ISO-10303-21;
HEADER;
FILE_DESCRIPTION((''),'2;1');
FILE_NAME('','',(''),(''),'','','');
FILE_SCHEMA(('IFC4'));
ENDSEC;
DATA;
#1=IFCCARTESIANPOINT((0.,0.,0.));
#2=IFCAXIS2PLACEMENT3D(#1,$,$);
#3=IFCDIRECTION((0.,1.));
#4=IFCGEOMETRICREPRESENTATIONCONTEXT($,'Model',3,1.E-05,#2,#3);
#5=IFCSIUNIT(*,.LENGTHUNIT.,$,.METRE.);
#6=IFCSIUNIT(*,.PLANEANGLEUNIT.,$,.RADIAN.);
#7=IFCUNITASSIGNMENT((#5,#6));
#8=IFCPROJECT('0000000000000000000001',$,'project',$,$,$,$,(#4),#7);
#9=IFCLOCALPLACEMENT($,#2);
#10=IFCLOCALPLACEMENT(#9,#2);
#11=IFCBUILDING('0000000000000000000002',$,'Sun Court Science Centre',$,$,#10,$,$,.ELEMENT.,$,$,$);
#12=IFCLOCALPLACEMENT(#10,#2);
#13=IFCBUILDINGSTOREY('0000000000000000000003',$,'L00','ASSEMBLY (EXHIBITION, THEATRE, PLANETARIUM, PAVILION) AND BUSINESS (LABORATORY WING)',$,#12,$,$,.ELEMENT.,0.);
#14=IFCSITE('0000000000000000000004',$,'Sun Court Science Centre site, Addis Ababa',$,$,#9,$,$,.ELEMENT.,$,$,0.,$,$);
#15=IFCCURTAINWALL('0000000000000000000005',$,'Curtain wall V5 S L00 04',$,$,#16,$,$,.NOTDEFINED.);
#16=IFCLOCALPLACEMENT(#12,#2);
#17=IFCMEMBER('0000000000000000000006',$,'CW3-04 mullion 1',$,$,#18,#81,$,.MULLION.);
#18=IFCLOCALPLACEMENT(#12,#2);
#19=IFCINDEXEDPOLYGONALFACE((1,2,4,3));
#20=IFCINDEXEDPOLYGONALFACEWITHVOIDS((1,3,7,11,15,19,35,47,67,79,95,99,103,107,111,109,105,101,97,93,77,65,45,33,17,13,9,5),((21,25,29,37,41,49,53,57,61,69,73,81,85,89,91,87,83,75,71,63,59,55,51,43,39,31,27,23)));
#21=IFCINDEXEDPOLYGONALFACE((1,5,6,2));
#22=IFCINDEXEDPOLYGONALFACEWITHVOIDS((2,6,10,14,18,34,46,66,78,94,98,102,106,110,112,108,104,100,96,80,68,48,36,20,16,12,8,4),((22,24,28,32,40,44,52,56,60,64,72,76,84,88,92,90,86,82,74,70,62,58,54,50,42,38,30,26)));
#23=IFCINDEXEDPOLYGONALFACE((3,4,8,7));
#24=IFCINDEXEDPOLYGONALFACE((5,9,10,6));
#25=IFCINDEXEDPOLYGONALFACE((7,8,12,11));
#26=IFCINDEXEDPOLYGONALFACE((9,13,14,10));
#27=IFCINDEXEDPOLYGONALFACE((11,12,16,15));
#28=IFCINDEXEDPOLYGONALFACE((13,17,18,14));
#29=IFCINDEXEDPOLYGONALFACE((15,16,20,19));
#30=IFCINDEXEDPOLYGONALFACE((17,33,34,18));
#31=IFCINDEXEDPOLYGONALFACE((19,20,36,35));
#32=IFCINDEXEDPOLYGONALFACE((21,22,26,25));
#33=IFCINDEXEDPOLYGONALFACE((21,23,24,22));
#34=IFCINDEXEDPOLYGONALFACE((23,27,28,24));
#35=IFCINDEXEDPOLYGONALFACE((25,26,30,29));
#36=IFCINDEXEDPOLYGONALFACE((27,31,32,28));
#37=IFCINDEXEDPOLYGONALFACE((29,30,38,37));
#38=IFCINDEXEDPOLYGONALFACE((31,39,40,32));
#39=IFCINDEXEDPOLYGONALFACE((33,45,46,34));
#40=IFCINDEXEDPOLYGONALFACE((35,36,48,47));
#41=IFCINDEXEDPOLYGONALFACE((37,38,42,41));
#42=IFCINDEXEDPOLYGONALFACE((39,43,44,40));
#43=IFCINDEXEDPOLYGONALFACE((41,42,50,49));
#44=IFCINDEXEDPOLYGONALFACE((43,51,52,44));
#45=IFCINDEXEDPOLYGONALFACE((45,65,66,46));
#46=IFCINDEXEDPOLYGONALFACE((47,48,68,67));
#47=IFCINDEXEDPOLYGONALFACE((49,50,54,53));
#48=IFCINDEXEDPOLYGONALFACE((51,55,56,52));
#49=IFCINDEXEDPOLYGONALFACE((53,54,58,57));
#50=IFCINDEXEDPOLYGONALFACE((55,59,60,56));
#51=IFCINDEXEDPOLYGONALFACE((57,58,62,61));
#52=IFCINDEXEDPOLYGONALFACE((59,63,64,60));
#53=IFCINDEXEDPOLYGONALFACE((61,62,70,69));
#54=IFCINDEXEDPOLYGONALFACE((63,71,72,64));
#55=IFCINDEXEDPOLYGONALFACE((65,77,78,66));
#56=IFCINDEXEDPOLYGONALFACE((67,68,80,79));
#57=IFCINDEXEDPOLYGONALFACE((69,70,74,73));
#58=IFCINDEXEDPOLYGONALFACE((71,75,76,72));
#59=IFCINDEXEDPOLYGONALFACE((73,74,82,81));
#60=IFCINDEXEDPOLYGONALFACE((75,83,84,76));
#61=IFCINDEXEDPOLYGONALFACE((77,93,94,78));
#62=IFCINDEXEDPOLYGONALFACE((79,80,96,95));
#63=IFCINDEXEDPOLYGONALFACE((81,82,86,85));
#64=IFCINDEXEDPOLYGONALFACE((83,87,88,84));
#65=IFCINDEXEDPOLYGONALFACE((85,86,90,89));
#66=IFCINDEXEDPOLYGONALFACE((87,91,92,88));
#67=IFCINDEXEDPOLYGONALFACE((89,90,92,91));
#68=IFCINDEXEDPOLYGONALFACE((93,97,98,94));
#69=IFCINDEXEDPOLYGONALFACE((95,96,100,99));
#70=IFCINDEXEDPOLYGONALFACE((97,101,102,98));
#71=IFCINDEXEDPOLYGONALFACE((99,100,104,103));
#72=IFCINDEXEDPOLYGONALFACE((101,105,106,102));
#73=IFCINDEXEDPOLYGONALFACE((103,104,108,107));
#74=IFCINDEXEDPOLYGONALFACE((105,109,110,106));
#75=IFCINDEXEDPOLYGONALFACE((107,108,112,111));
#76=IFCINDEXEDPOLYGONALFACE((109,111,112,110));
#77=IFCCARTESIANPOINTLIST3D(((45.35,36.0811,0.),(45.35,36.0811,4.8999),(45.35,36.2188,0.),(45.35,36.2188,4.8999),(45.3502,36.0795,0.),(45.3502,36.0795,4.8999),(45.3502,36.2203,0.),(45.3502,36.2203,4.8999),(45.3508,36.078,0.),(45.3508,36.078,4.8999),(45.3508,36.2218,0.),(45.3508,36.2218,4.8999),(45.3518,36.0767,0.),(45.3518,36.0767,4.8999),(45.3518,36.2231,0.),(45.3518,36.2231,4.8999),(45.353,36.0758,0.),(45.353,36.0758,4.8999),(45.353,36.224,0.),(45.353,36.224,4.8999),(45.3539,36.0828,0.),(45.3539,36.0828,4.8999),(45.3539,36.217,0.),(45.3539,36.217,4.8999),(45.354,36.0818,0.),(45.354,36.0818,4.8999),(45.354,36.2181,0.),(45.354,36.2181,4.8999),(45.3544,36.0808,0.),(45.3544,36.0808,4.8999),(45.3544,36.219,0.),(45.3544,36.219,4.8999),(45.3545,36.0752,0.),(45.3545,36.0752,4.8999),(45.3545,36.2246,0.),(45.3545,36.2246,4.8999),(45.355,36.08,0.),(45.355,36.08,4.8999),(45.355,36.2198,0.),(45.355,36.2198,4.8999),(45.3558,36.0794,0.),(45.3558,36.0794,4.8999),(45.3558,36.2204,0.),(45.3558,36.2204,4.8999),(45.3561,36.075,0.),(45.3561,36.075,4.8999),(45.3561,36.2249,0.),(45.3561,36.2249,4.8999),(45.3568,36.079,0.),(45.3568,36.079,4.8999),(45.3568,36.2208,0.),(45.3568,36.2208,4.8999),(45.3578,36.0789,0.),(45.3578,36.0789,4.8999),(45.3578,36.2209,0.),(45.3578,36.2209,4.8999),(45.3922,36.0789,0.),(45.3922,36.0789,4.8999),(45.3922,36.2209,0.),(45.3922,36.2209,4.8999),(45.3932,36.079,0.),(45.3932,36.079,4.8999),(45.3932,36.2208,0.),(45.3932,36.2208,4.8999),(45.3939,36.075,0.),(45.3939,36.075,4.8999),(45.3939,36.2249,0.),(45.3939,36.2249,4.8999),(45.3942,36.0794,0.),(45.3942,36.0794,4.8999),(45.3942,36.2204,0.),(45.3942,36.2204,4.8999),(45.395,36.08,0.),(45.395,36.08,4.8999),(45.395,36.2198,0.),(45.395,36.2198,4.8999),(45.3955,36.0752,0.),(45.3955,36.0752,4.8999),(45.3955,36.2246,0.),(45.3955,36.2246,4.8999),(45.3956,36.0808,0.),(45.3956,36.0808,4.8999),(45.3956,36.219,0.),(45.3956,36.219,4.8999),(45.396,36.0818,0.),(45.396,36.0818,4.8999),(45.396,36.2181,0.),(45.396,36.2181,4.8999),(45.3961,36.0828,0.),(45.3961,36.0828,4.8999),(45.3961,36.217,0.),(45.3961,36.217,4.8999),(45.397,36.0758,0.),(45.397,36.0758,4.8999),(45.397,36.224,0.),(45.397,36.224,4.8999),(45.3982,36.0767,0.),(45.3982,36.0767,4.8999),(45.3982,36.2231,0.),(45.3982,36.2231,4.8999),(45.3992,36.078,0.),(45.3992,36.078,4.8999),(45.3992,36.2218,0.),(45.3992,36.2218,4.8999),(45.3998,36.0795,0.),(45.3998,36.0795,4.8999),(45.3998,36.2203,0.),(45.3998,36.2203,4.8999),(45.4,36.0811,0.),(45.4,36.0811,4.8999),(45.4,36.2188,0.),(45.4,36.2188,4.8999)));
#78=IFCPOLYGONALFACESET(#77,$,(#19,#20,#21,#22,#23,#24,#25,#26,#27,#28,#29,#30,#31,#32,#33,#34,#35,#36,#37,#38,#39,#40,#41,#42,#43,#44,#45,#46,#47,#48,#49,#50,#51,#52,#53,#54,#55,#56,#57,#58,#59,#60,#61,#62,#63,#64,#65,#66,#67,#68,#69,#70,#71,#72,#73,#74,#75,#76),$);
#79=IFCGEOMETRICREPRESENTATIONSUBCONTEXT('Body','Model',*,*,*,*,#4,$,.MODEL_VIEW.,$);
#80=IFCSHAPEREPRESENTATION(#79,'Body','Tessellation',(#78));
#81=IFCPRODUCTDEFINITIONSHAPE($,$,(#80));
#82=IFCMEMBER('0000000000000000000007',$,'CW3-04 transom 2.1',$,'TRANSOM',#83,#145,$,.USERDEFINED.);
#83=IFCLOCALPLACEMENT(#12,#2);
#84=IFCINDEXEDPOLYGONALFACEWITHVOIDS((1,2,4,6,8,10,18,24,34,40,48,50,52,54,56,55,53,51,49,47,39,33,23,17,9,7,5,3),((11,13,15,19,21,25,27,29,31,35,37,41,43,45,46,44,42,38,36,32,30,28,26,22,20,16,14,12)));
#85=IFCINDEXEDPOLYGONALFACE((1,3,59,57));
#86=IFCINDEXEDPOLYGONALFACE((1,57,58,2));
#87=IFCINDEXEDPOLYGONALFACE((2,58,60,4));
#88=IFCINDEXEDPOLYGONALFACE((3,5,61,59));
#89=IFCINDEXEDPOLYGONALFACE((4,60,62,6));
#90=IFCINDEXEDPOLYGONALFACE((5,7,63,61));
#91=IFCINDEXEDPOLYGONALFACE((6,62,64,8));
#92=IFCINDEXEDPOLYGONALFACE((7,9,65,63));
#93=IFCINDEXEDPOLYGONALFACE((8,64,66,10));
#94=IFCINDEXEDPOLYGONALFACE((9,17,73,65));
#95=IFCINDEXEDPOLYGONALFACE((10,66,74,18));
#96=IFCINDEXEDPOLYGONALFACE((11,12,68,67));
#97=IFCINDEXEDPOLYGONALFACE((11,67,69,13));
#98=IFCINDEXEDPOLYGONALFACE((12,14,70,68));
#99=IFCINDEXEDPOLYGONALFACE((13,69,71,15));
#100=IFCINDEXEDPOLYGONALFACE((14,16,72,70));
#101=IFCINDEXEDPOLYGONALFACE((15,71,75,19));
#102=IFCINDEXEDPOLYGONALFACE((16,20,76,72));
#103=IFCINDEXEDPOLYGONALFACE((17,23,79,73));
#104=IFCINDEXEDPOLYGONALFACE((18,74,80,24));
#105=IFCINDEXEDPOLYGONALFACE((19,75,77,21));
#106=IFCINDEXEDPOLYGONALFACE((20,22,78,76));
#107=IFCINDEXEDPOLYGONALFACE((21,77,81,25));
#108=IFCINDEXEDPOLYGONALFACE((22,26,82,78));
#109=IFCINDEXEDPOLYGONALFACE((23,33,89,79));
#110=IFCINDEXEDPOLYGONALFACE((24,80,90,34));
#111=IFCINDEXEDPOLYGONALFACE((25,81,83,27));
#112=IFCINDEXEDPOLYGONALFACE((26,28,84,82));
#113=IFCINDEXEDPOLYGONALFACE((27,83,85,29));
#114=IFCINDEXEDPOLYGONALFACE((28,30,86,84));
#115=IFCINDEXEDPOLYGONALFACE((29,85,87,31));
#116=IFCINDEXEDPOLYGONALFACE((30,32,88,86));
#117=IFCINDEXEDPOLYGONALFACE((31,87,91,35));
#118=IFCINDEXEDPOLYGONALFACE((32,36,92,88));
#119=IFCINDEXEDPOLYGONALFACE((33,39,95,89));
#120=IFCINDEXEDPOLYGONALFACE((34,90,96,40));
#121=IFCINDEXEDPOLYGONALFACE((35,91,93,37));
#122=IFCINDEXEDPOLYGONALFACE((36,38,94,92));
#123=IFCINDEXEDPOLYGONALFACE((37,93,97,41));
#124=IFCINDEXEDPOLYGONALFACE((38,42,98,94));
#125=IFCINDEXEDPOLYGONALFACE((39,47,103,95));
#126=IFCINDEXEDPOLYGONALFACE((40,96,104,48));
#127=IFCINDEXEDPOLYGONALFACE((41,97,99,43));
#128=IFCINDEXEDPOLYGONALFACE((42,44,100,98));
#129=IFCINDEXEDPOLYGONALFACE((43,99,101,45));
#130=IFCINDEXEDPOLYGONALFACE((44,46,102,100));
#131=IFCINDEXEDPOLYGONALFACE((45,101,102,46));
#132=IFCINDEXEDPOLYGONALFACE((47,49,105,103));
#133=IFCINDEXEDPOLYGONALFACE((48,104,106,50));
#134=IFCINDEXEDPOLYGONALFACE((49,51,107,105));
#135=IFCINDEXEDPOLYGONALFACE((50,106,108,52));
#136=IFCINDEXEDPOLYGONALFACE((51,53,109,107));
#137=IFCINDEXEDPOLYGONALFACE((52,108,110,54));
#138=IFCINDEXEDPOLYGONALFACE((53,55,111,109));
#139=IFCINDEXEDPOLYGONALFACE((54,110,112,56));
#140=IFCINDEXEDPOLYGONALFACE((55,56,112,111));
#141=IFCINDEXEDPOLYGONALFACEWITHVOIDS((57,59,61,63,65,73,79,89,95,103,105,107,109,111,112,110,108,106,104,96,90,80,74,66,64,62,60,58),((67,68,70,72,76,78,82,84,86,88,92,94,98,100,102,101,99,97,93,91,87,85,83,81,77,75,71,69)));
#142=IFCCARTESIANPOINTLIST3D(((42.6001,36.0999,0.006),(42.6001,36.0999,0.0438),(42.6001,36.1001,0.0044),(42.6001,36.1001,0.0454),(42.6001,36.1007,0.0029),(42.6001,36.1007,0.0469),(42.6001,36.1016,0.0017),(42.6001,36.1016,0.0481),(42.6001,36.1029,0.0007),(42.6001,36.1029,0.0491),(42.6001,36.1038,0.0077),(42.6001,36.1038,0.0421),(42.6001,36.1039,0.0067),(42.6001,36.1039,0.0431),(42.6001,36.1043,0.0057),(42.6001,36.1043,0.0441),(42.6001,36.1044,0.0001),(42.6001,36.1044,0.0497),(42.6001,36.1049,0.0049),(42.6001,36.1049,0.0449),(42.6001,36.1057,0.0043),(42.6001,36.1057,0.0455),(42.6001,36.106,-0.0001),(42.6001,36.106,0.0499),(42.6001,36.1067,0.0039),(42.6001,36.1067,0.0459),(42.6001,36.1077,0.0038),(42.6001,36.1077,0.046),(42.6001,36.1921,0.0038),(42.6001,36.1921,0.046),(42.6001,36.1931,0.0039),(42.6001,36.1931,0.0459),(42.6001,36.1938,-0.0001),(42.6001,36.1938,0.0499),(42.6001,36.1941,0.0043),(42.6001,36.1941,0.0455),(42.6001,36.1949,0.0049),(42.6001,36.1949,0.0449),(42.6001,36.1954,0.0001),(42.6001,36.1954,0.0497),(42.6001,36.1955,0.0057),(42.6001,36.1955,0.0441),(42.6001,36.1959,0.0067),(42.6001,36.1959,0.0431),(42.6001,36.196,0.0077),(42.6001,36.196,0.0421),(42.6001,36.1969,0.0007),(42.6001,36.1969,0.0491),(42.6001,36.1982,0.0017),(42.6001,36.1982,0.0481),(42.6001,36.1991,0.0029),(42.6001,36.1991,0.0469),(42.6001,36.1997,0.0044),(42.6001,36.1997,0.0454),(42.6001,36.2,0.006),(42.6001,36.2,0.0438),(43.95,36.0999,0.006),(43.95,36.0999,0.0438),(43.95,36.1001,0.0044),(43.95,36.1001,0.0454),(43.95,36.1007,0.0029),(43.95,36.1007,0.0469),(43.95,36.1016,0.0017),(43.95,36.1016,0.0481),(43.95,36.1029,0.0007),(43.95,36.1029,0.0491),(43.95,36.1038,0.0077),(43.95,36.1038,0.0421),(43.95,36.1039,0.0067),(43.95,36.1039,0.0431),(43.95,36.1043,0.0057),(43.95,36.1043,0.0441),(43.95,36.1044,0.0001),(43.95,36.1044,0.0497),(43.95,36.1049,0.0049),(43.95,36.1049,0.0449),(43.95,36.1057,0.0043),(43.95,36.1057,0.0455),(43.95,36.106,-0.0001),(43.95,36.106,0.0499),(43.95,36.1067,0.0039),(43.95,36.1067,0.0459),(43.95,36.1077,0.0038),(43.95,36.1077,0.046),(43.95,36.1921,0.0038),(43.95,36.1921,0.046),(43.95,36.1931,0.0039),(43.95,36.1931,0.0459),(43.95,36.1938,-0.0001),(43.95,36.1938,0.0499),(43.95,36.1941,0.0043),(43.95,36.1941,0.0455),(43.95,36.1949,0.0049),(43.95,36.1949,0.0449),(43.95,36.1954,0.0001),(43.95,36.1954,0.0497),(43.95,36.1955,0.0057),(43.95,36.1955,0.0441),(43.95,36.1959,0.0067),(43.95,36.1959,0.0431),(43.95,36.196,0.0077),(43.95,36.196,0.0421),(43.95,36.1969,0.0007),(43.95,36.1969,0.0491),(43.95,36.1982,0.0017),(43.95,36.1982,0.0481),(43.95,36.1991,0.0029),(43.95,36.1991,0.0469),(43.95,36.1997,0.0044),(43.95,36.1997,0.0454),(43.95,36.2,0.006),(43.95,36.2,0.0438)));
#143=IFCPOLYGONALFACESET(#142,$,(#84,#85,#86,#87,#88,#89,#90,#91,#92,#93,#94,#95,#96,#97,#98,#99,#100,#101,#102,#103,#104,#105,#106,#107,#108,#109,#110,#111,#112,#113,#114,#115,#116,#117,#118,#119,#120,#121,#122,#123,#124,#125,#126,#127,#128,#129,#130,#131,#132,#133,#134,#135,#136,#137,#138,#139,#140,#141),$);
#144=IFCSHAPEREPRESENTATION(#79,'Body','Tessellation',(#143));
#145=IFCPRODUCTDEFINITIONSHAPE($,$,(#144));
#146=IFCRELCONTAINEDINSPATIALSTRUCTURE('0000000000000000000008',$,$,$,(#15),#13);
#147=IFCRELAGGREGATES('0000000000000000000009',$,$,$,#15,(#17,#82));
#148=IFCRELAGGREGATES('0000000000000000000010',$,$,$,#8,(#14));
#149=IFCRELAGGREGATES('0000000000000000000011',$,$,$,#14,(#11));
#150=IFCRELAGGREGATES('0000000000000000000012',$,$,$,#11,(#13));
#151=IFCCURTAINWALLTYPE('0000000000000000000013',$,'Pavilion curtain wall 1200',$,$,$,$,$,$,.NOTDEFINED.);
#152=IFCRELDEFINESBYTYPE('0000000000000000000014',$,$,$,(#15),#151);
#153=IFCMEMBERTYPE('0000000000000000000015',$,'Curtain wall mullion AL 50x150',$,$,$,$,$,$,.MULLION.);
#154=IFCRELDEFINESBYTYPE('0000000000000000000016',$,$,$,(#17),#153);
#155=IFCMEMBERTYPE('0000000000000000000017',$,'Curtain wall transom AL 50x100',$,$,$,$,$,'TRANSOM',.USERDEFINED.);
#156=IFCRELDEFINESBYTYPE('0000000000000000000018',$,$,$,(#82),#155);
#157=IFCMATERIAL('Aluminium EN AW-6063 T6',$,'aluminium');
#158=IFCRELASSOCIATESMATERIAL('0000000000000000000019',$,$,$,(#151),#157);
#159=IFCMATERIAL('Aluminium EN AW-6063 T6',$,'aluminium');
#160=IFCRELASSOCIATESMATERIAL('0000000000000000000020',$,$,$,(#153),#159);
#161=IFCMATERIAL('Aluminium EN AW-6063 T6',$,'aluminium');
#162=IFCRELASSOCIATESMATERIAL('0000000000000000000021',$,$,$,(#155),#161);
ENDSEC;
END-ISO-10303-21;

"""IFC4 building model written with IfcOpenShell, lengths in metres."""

from ifc_helpers import new_model, si_unit, direction, frame, origin, origin_2d, place, context, subcontext, project, spatial, hollow_rectangle, extrude, material, material_profile, profile_set, type_object, element, aggregate, save


model = new_model("IFC4")

# Units and contexts
model_context = context("Model", 3, precision=1e-05, world=origin(), true_north=direction((0.0, 1.0)))
body_context = subcontext(model_context, "Body", "Model", "MODEL_VIEW")
ifc_project = project(units=[si_unit("LENGTHUNIT", "METRE"), si_unit("PLANEANGLEUNIT", "RADIAN")], contexts=[model_context])

# Site, building, storey
site_placement = place(None, origin())
site = spatial("IfcSite", under=ifc_project, at=site_placement, Name="Sun Court Science Centre site, Addis Ababa", CompositionType="ELEMENT", RefElevation=0.0)
building_placement = place(site_placement, origin())
building = spatial("IfcBuilding", under=site, at=building_placement, Name="Sun Court Science Centre", CompositionType="ELEMENT")
storey_placement = place(building_placement, origin())
storey = spatial("IfcBuildingStorey", under=building, at=storey_placement, Name="L00", Description="ASSEMBLY (EXHIBITION, THEATRE, PLANETARIUM, PAVILION) AND BUSINESS (LABORATORY WING)", CompositionType="ELEMENT", Elevation=0.0)

# Curtain wall, members
ifc_material_1 = material(Name="Aluminium EN AW-6063 T6", Category="aluminium")
curtain_wall_type = type_object("IfcCurtainWallType", Name="Pavilion curtain wall 1200", PredefinedType="NOTDEFINED", material=ifc_material_1)
curtain_wall_placement = place(storey_placement, origin())
curtain_wall = element("IfcCurtainWall", 1, at=curtain_wall_placement, inside=storey, type_object=curtain_wall_type, Name="Curtain wall V5 S L00 04", PredefinedType="NOTDEFINED")
ifc_material_2 = material(Name="Aluminium EN AW-6063 T6", Category="aluminium")
ifc_material_profile_1 = material_profile(ifc_material_2, hollow_rectangle(XDim=0.05, YDim=0.1499, WallThickness=0.0039, InnerFilletRadius=0.0039, OuterFilletRadius=0.0061, at=origin_2d()), Name="AL 50x150x4")
ifc_profile_set_1 = profile_set([ifc_material_profile_1], Name="Aluminium EN AW-6063 T6")
member_type_1 = type_object("IfcMemberType", Name="Curtain wall mullion AL 50x150", PredefinedType="MULLION", material=ifc_profile_set_1)
member_1_placement = place(storey_placement, frame((45.375, 36.1499, 0.0), z_axis=(0.0, 0.0, 1.0), x_axis=(-1.0, 0.0, 0.0)))
member_1 = element("IfcMember", 2, at=member_1_placement, type_object=member_type_1, Name="CW3-04 mullion 1", PredefinedType="MULLION", context=body_context, shape_type="SweptSolid", body=[
    extrude(hollow_rectangle(XDim=0.05, YDim=0.1499, WallThickness=0.0039, InnerFilletRadius=0.0039, OuterFilletRadius=0.0061, at=origin_2d()), origin(), (0.0, 0.0, 1.0), 4.8999),
])
ifc_material_3 = material(Name="Aluminium EN AW-6063 T6", Category="aluminium")
ifc_material_profile_2 = material_profile(ifc_material_3, hollow_rectangle(XDim=0.05, YDim=0.1001, WallThickness=0.0039, InnerFilletRadius=0.0039, OuterFilletRadius=0.0061, at=origin_2d()), Name="AL 50x100x4")
ifc_profile_set_2 = profile_set([ifc_material_profile_2], Name="Aluminium EN AW-6063 T6")
member_type_2 = type_object("IfcMemberType", Name="Curtain wall transom AL 50x100", ElementType="TRANSOM", PredefinedType="USERDEFINED", material=ifc_profile_set_2)
member_2_placement = place(storey_placement, frame((43.95, 36.1499, 0.0249), z_axis=(-1.0, 0.0, 0.0), x_axis=(0.0, 0.0, 1.0)))
member_2 = element("IfcMember", 3, at=member_2_placement, type_object=member_type_2, Name="CW3-04 transom 2.1", ObjectType="TRANSOM", PredefinedType="USERDEFINED", context=body_context, shape_type="SweptSolid", body=[
    extrude(hollow_rectangle(XDim=0.05, YDim=0.1001, WallThickness=0.0039, InnerFilletRadius=0.0039, OuterFilletRadius=0.0061, at=origin_2d()), origin(), (0.0, 0.0, 1.0), 1.3499),
])
aggregate(curtain_wall, [member_1, member_2])

save(model, "model.ifc")
